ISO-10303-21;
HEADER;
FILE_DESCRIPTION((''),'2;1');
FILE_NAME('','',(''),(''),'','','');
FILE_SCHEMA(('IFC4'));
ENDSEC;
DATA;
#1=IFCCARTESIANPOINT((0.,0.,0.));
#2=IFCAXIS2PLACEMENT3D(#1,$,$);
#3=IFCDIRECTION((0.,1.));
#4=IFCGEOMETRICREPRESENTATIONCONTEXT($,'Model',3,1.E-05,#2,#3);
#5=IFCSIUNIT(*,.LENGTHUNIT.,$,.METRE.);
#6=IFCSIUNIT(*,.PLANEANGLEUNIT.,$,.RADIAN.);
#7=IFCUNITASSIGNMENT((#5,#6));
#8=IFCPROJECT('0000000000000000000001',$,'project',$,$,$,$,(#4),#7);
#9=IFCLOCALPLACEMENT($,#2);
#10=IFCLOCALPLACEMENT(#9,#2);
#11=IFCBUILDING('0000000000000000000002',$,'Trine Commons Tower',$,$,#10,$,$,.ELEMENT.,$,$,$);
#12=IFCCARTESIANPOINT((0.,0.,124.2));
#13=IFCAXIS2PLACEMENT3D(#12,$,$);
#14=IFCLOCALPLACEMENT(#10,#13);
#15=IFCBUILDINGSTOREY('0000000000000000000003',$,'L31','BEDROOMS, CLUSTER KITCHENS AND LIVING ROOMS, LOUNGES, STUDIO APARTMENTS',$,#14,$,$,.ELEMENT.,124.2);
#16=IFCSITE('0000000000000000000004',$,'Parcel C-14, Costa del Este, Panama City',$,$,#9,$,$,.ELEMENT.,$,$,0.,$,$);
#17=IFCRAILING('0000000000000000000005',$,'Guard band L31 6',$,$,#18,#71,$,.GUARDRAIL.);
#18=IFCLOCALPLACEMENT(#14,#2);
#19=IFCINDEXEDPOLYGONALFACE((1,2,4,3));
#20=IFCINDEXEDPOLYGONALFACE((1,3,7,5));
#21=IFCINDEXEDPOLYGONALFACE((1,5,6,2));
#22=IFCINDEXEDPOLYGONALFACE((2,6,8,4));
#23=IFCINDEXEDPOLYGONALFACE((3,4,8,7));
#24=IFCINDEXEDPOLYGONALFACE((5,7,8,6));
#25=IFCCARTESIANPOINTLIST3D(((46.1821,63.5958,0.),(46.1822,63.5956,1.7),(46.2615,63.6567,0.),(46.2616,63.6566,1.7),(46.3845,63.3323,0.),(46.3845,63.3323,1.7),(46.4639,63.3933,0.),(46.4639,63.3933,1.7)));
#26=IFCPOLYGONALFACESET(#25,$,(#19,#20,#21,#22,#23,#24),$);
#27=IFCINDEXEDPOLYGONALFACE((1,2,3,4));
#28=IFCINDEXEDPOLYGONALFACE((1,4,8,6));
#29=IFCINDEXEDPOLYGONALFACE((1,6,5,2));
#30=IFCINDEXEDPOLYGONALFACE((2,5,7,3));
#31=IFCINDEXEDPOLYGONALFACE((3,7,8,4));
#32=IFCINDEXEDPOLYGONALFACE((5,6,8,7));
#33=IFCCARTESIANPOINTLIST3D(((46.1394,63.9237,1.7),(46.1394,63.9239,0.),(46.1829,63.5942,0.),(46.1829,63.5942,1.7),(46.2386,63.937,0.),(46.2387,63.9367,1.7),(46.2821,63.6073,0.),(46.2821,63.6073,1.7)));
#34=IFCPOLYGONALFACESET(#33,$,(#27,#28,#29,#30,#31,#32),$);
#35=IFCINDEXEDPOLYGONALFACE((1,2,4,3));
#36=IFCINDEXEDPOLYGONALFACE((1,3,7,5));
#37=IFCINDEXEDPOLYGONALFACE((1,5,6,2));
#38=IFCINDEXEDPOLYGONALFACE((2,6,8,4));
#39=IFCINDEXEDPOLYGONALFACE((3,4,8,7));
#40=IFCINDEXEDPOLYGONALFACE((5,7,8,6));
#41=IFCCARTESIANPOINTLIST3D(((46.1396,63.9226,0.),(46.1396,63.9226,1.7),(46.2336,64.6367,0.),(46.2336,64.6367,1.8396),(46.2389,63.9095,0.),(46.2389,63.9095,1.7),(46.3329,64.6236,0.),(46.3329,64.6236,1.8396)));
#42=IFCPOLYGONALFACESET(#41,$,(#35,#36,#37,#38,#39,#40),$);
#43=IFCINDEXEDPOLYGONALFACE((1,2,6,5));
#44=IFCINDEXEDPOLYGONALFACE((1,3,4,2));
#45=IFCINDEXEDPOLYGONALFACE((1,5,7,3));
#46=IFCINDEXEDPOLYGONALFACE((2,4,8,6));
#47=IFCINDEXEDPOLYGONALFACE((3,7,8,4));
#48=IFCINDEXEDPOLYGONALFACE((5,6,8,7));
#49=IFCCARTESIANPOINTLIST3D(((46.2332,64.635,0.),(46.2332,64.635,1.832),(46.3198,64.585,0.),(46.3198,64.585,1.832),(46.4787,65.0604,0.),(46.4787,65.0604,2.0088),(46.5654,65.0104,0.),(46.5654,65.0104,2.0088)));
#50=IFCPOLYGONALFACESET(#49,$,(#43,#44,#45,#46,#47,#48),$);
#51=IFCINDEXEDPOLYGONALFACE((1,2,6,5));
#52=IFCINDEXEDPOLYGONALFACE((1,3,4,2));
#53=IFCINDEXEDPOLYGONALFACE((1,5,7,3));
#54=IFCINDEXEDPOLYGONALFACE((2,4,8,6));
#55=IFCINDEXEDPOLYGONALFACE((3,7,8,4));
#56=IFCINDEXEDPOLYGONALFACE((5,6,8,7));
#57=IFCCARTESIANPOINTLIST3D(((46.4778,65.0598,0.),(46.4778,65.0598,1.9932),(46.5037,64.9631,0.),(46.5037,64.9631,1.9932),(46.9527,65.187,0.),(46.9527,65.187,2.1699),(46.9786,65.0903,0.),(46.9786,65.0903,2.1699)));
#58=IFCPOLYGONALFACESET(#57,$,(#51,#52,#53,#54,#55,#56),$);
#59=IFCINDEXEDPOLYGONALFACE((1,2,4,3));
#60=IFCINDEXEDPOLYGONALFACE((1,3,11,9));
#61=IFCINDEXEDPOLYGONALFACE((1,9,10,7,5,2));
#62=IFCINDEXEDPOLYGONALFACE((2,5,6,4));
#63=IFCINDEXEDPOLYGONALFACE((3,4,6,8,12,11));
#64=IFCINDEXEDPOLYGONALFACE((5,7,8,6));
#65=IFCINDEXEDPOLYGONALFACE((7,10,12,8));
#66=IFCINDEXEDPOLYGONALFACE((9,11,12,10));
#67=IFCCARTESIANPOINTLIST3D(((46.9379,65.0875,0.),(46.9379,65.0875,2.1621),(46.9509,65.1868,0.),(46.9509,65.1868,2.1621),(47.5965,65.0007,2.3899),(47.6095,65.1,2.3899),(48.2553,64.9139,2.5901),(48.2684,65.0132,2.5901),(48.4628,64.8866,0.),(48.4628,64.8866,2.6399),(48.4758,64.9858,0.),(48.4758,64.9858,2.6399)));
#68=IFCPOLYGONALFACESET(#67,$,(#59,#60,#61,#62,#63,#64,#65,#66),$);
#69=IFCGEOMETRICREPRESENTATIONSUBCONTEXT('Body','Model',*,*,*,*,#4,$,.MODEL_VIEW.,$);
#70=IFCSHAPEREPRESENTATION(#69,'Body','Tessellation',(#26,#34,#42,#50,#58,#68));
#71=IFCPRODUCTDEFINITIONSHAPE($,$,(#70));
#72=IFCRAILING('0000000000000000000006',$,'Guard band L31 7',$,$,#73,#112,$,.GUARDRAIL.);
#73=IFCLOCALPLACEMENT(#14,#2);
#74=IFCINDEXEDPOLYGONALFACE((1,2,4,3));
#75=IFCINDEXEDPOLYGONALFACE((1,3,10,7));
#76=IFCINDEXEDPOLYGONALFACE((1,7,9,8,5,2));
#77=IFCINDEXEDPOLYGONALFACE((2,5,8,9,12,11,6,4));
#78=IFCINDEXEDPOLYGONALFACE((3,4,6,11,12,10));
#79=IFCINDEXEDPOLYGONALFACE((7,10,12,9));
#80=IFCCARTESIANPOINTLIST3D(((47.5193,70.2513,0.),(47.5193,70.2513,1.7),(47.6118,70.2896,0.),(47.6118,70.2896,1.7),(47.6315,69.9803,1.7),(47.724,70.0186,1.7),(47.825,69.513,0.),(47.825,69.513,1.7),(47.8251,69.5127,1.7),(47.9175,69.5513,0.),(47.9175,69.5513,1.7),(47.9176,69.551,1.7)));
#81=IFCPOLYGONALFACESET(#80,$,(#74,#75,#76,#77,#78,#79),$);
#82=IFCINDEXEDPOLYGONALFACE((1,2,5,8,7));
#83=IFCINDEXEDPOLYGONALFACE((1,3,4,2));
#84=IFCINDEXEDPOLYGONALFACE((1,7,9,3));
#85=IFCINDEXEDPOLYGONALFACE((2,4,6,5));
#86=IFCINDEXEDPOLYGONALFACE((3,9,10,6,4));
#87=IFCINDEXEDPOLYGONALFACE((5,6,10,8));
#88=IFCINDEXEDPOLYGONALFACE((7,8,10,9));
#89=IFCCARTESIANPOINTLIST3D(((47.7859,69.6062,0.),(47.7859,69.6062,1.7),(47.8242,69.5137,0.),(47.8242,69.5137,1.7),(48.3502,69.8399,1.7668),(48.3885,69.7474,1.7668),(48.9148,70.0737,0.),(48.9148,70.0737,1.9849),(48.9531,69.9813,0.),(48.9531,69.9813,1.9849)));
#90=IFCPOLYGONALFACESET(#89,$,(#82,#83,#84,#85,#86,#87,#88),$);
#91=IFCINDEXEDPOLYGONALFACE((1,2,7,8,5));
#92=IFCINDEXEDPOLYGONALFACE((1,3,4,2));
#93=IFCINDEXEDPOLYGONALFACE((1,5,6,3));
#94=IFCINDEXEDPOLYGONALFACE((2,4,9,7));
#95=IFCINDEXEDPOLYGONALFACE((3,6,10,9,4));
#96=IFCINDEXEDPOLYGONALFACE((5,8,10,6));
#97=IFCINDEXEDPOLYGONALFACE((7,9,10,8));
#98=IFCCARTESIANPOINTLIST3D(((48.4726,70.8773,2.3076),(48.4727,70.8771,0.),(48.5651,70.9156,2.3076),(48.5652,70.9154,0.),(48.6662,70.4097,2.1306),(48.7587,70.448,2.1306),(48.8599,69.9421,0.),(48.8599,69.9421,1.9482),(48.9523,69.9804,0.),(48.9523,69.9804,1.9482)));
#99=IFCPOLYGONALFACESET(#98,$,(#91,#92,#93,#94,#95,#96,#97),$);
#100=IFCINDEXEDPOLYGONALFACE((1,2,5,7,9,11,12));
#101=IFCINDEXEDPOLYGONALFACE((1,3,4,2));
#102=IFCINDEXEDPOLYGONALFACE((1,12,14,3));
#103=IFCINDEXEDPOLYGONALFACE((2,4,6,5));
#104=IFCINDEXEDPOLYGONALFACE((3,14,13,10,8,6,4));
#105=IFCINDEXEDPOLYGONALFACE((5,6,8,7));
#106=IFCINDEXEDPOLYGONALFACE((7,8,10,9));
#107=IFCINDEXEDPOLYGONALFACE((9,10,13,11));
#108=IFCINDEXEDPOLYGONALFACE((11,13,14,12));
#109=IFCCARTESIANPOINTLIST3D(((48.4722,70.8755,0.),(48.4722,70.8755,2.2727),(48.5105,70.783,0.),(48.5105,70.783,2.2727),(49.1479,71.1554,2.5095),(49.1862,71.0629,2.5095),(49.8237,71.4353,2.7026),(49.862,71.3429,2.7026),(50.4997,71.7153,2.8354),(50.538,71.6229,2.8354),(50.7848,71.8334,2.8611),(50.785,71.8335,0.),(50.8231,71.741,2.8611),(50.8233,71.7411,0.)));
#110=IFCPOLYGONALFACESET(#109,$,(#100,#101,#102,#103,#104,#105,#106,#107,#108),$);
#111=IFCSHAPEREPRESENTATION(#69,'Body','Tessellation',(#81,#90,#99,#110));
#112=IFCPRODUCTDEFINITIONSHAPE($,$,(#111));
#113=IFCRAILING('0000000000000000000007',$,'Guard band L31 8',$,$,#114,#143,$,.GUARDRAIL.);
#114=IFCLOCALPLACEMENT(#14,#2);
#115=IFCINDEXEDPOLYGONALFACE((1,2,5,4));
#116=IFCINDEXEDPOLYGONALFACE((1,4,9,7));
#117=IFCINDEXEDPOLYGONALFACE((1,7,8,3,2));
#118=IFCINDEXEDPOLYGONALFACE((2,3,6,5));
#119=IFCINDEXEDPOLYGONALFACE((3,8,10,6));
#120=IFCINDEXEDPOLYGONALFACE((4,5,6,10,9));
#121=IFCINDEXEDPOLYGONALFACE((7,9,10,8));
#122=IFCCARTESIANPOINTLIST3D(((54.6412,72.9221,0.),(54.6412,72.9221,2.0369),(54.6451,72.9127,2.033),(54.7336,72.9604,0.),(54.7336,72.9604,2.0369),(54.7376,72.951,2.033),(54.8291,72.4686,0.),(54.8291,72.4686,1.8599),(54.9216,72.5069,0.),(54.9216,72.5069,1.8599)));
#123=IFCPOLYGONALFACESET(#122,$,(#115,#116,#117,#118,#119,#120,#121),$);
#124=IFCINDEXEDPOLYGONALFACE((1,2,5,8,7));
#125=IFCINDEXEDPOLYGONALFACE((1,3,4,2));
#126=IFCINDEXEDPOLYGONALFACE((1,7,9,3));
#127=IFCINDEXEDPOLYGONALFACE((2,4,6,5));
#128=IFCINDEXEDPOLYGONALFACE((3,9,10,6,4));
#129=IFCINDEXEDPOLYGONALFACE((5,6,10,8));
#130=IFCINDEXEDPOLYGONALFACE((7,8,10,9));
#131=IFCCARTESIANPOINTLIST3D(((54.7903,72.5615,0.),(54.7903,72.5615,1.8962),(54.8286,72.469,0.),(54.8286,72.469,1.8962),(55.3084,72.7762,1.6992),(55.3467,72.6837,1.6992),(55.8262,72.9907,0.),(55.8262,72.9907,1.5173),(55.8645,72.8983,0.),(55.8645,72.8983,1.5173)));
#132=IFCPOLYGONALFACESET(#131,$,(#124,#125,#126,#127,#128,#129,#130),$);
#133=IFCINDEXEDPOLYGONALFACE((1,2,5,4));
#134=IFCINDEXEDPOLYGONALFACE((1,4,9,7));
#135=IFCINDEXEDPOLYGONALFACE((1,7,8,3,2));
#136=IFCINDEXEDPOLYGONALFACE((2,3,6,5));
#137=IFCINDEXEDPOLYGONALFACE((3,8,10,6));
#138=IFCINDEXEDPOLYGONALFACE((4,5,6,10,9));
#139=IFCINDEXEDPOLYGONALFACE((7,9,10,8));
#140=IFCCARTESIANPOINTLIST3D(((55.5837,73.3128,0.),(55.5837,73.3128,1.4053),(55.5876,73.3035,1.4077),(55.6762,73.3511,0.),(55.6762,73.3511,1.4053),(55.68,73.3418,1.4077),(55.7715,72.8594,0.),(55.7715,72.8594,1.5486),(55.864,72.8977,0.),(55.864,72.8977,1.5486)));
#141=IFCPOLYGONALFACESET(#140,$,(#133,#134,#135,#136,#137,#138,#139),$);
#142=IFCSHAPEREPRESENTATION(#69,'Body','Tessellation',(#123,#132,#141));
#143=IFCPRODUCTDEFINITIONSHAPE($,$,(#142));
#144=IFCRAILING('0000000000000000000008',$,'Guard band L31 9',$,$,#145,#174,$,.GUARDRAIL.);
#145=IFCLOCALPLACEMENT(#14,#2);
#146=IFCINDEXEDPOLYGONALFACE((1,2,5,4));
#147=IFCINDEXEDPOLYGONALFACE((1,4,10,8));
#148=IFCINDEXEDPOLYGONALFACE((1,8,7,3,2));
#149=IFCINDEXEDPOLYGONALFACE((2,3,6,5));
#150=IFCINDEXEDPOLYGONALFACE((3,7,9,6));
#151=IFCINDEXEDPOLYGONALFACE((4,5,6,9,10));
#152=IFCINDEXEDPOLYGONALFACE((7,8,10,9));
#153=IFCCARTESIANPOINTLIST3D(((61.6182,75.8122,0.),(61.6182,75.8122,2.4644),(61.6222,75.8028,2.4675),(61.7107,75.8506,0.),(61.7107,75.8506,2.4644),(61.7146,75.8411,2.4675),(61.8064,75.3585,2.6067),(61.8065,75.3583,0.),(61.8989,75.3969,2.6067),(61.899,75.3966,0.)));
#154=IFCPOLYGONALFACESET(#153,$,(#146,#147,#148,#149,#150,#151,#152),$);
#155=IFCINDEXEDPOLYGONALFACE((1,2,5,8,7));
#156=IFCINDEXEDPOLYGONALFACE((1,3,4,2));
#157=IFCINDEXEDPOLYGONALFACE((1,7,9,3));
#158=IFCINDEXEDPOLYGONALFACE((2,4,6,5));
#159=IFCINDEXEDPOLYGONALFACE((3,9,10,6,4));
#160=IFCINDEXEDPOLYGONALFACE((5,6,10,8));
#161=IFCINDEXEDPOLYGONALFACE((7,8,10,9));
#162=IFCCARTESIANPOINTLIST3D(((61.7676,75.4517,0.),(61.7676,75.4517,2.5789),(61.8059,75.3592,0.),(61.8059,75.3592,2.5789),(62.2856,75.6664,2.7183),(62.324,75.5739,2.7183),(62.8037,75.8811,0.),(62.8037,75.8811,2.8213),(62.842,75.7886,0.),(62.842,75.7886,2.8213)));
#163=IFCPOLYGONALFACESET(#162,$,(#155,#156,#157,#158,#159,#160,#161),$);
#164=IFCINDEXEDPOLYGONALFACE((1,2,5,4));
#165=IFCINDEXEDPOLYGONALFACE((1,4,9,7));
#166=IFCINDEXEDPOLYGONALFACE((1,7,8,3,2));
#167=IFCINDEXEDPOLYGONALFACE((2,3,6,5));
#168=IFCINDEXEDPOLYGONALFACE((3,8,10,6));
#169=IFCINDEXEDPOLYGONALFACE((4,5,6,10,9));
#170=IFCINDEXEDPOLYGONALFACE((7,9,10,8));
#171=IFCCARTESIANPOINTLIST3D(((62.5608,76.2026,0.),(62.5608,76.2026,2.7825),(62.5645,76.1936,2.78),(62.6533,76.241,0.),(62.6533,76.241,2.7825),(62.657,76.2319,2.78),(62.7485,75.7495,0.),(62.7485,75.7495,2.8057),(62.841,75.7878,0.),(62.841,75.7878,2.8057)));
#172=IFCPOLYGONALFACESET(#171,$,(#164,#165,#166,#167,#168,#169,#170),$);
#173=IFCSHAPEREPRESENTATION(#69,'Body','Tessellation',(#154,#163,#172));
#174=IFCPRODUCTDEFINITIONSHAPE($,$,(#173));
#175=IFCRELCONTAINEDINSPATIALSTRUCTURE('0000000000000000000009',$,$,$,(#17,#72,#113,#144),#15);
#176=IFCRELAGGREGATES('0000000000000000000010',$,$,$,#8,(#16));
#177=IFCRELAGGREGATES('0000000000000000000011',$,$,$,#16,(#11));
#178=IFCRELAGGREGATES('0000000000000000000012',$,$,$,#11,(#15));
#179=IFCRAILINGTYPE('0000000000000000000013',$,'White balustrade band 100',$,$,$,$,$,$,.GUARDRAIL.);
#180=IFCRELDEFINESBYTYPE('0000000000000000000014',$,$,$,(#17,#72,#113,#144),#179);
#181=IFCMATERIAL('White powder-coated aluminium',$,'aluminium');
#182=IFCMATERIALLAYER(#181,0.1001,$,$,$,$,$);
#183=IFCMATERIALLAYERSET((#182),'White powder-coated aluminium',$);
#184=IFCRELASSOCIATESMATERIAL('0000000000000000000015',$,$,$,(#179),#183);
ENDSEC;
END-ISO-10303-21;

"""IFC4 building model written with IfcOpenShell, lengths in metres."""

from ifc_helpers import new_model, si_unit, direction, frame, origin, place, context, subcontext, project, spatial, polyline, outline, extrude, material, layer, layer_set, type_object, element, save


model = new_model("IFC4")

# Units and contexts
model_context = context("Model", 3, precision=1e-05, world=origin(), true_north=direction((0.0, 1.0)))
body_context = subcontext(model_context, "Body", "Model", "MODEL_VIEW")
ifc_project = project(units=[si_unit("LENGTHUNIT", "METRE"), si_unit("PLANEANGLEUNIT", "RADIAN")], contexts=[model_context])

# Site, building, storey
site_placement = place(None, origin())
site = spatial("IfcSite", under=ifc_project, at=site_placement, Name="Parcel C-14, Costa del Este, Panama City", CompositionType="ELEMENT", RefElevation=0.0)
building_placement = place(site_placement, origin())
building = spatial("IfcBuilding", under=site, at=building_placement, Name="Trine Commons Tower", CompositionType="ELEMENT")
storey_placement = place(building_placement, frame((0.0, 0.0, 124.2)))
storey = spatial("IfcBuildingStorey", under=building, at=storey_placement, Name="L31", Description="BEDROOMS, CLUSTER KITCHENS AND LIVING ROOMS, LOUNGES, STUDIO APARTMENTS", CompositionType="ELEMENT", Elevation=124.2)

# Railings
ifc_material_1 = material(Name="White powder-coated aluminium", Category="aluminium")
ifc_layer_1 = layer(ifc_material_1, 0.1001)
ifc_layer_set_1 = layer_set([ifc_layer_1], Name="White powder-coated aluminium")
railing_type = type_object("IfcRailingType", Name="White balustrade band 100", PredefinedType="GUARDRAIL", material=ifc_layer_set_1)
railing_1_placement = place(storey_placement, origin())
element("IfcRailing", 1, at=railing_1_placement, inside=storey, type_object=railing_type, Name="Guard band L31 6", PredefinedType="GUARDRAIL", context=body_context, shape_type="SweptSolid", body=[
    extrude(outline(polyline([(0.0, 0.0), (0.3323, 0.0), (0.332, 1.7), (0.0, 1.7), (0.0, 0.0)])), frame((46.3845, 63.3323, 0.0), z_axis=(0.792979, 0.609249, 0.0), x_axis=(-0.609249, 0.792979, 0.0)), (0.0, 0.0, 1.0), 0.1001),
    extrude(outline(polyline([(0.0, 0.0), (0.3325, 0.0), (0.3323, 1.7), (0.0, 1.7), (0.0, 0.0)])), frame((46.1829, 63.5942, 0.0), z_axis=(0.991419, 0.13072, 0.0), x_axis=(-0.13072, 0.991419, 0.0)), (0.0, 0.0, 1.0), 0.1001),
    extrude(outline(polyline([(0.0, 0.0), (0.7202, 0.0), (0.7202, 1.8396), (0.0, 1.7), (0.0, 0.0)])), frame((46.1396, 63.9226, 0.0), z_axis=(0.991449, -0.130498, 0.0), x_axis=(0.130498, 0.991449, 0.0)), (0.0, 0.0, 1.0), 0.1001),
    extrude(outline(polyline([(0.0, 0.0), (0.4912, 0.0), (0.4912, 2.0088), (0.0, 1.832), (0.0, 0.0)])), frame((46.2332, 64.635, 0.0), z_axis=(0.866095, -0.49988, 0.0), x_axis=(0.49988, 0.866095, 0.0)), (0.0, 0.0, 1.0), 0.1001),
    extrude(outline(polyline([(0.0, 0.0), (0.4917, 0.0), (0.4917, 2.1699), (0.0, 1.9932), (0.0, 0.0)])), frame((46.4778, 65.0598, 0.0), z_axis=(0.258744, -0.965946, 0.0), x_axis=(0.965946, 0.258744, 0.0)), (0.0, 0.0, 1.0), 0.1001),
    extrude(outline(polyline([(0.0, 0.0), (1.5381, 0.0), (1.5381, 2.6399), (1.3289, 2.5901), (0.6643, 2.3899), (0.0, 2.1621), (0.0, 0.0)])), frame((46.9509, 65.1868, 0.0), z_axis=(-0.130635, -0.991431, 0.0), x_axis=(0.991431, -0.130635, 0.0)), (0.0, 0.0, 1.0), 0.1001),
])
railing_2_placement = place(storey_placement, origin())
element("IfcRailing", 2, at=railing_2_placement, inside=storey, type_object=railing_type, Name="Guard band L31 7", PredefinedType="GUARDRAIL", context=body_context, shape_type="SweptSolid", body=[
    extrude(outline(polyline([(0.0, 0.0), (0.7991, 0.0), (0.7993, 1.7), (0.7991, 1.7), (0.2932, 1.7), (0.0, 1.7), (0.0, 0.0)])), frame((47.6118, 70.2896, 0.0), z_axis=(-0.923942, -0.382532, 0.0), x_axis=(0.382532, -0.923942, 0.0)), (0.0, 0.0, 1.0), 0.1001),
    extrude(outline(polyline([(0.0, 0.0), (1.2219, 0.0), (1.2219, 1.9849), (0.6108, 1.7668), (0.0, 1.7), (0.0, 0.0)])), frame((47.7859, 69.6062, 0.0), z_axis=(0.382628, -0.923902, 0.0), x_axis=(0.923902, 0.382628, 0.0)), (0.0, 0.0, 1.0), 0.1001),
    extrude(outline(polyline([(0.0, 0.0), (1.012, 0.0), (1.0122, 2.3076), (0.5061, 2.1306), (0.0, 1.9482), (0.0, 0.0)])), frame((48.8599, 69.9421, 0.0), z_axis=(0.923917, 0.382593, 0.0), x_axis=(-0.382593, 0.923917, 0.0)), (0.0, 0.0, 1.0), 0.1001),
    extrude(outline(polyline([(0.0, 0.0), (2.5034, 0.0), (2.5032, 2.8611), (2.1946, 2.8354), (1.4629, 2.7026), (0.7314, 2.5095), (0.0, 2.2727), (0.0, 0.0)])), frame((48.4722, 70.8755, 0.0), z_axis=(0.382696, -0.923874, 0.0), x_axis=(0.923874, 0.382696, 0.0)), (0.0, 0.0, 1.0), 0.1001),
])
railing_3_placement = place(storey_placement, origin())
element("IfcRailing", 3, at=railing_3_placement, inside=storey, type_object=railing_type, Name="Guard band L31 8", PredefinedType="GUARDRAIL", context=body_context, shape_type="SweptSolid", body=[
    extrude(outline(polyline([(0.0, 0.0), (0.491, 0.0), (0.491, 1.8599), (0.0103, 2.033), (0.0, 2.0369), (0.0, 0.0)])), frame((54.7336, 72.9604, 0.0), z_axis=(-0.923811, -0.382849, 0.0), x_axis=(0.382849, -0.923811, 0.0)), (0.0, 0.0, 1.0), 0.1001),
    extrude(outline(polyline([(0.0, 0.0), (1.1213, 0.0), (1.1213, 1.5173), (0.5608, 1.6992), (0.0, 1.8962), (0.0, 0.0)])), frame((54.7903, 72.5615, 0.0), z_axis=(0.382775, -0.923842, 0.0), x_axis=(0.923842, 0.382775, 0.0)), (0.0, 0.0, 1.0), 0.1001),
    extrude(outline(polyline([(0.0, 0.0), (0.4907, 0.0), (0.4907, 1.4053), (0.4807, 1.4077), (0.0, 1.5486), (0.0, 0.0)])), frame((55.7715, 72.8594, 0.0), z_axis=(0.923914, 0.382601, 0.0), x_axis=(-0.382601, 0.923914, 0.0)), (0.0, 0.0, 1.0), 0.1001),
])
railing_4_placement = place(storey_placement, origin())
element("IfcRailing", 4, at=railing_4_placement, inside=storey, type_object=railing_type, Name="Guard band L31 9", PredefinedType="GUARDRAIL", context=body_context, shape_type="SweptSolid", body=[
    extrude(outline(polyline([(0.0, 0.0), (0.4915, 0.0), (0.4912, 2.6067), (0.0103, 2.4675), (0.0, 2.4644), (0.0, 0.0)])), frame((61.7107, 75.8506, 0.0), z_axis=(-0.923708, -0.383098, 0.0), x_axis=(0.383098, -0.923708, 0.0)), (0.0, 0.0, 1.0), 0.1001),
    extrude(outline(polyline([(0.0, 0.0), (1.1216, 0.0), (1.1216, 2.8213), (0.5608, 2.7183), (0.0, 2.5789), (0.0, 0.0)])), frame((61.7676, 75.4517, 0.0), z_axis=(0.382884, -0.923797, 0.0), x_axis=(0.923797, 0.382884, 0.0)), (0.0, 0.0, 1.0), 0.1001),
    extrude(outline(polyline([(0.0, 0.0), (0.4905, 0.0), (0.4905, 2.7825), (0.4807, 2.78), (0.0, 2.8057), (0.0, 0.0)])), frame((62.7485, 75.7495, 0.0), z_axis=(0.923841, 0.382777, 0.0), x_axis=(-0.382777, 0.923841, 0.0)), (0.0, 0.0, 1.0), 0.1001),
])

save(model, "model.ifc")
